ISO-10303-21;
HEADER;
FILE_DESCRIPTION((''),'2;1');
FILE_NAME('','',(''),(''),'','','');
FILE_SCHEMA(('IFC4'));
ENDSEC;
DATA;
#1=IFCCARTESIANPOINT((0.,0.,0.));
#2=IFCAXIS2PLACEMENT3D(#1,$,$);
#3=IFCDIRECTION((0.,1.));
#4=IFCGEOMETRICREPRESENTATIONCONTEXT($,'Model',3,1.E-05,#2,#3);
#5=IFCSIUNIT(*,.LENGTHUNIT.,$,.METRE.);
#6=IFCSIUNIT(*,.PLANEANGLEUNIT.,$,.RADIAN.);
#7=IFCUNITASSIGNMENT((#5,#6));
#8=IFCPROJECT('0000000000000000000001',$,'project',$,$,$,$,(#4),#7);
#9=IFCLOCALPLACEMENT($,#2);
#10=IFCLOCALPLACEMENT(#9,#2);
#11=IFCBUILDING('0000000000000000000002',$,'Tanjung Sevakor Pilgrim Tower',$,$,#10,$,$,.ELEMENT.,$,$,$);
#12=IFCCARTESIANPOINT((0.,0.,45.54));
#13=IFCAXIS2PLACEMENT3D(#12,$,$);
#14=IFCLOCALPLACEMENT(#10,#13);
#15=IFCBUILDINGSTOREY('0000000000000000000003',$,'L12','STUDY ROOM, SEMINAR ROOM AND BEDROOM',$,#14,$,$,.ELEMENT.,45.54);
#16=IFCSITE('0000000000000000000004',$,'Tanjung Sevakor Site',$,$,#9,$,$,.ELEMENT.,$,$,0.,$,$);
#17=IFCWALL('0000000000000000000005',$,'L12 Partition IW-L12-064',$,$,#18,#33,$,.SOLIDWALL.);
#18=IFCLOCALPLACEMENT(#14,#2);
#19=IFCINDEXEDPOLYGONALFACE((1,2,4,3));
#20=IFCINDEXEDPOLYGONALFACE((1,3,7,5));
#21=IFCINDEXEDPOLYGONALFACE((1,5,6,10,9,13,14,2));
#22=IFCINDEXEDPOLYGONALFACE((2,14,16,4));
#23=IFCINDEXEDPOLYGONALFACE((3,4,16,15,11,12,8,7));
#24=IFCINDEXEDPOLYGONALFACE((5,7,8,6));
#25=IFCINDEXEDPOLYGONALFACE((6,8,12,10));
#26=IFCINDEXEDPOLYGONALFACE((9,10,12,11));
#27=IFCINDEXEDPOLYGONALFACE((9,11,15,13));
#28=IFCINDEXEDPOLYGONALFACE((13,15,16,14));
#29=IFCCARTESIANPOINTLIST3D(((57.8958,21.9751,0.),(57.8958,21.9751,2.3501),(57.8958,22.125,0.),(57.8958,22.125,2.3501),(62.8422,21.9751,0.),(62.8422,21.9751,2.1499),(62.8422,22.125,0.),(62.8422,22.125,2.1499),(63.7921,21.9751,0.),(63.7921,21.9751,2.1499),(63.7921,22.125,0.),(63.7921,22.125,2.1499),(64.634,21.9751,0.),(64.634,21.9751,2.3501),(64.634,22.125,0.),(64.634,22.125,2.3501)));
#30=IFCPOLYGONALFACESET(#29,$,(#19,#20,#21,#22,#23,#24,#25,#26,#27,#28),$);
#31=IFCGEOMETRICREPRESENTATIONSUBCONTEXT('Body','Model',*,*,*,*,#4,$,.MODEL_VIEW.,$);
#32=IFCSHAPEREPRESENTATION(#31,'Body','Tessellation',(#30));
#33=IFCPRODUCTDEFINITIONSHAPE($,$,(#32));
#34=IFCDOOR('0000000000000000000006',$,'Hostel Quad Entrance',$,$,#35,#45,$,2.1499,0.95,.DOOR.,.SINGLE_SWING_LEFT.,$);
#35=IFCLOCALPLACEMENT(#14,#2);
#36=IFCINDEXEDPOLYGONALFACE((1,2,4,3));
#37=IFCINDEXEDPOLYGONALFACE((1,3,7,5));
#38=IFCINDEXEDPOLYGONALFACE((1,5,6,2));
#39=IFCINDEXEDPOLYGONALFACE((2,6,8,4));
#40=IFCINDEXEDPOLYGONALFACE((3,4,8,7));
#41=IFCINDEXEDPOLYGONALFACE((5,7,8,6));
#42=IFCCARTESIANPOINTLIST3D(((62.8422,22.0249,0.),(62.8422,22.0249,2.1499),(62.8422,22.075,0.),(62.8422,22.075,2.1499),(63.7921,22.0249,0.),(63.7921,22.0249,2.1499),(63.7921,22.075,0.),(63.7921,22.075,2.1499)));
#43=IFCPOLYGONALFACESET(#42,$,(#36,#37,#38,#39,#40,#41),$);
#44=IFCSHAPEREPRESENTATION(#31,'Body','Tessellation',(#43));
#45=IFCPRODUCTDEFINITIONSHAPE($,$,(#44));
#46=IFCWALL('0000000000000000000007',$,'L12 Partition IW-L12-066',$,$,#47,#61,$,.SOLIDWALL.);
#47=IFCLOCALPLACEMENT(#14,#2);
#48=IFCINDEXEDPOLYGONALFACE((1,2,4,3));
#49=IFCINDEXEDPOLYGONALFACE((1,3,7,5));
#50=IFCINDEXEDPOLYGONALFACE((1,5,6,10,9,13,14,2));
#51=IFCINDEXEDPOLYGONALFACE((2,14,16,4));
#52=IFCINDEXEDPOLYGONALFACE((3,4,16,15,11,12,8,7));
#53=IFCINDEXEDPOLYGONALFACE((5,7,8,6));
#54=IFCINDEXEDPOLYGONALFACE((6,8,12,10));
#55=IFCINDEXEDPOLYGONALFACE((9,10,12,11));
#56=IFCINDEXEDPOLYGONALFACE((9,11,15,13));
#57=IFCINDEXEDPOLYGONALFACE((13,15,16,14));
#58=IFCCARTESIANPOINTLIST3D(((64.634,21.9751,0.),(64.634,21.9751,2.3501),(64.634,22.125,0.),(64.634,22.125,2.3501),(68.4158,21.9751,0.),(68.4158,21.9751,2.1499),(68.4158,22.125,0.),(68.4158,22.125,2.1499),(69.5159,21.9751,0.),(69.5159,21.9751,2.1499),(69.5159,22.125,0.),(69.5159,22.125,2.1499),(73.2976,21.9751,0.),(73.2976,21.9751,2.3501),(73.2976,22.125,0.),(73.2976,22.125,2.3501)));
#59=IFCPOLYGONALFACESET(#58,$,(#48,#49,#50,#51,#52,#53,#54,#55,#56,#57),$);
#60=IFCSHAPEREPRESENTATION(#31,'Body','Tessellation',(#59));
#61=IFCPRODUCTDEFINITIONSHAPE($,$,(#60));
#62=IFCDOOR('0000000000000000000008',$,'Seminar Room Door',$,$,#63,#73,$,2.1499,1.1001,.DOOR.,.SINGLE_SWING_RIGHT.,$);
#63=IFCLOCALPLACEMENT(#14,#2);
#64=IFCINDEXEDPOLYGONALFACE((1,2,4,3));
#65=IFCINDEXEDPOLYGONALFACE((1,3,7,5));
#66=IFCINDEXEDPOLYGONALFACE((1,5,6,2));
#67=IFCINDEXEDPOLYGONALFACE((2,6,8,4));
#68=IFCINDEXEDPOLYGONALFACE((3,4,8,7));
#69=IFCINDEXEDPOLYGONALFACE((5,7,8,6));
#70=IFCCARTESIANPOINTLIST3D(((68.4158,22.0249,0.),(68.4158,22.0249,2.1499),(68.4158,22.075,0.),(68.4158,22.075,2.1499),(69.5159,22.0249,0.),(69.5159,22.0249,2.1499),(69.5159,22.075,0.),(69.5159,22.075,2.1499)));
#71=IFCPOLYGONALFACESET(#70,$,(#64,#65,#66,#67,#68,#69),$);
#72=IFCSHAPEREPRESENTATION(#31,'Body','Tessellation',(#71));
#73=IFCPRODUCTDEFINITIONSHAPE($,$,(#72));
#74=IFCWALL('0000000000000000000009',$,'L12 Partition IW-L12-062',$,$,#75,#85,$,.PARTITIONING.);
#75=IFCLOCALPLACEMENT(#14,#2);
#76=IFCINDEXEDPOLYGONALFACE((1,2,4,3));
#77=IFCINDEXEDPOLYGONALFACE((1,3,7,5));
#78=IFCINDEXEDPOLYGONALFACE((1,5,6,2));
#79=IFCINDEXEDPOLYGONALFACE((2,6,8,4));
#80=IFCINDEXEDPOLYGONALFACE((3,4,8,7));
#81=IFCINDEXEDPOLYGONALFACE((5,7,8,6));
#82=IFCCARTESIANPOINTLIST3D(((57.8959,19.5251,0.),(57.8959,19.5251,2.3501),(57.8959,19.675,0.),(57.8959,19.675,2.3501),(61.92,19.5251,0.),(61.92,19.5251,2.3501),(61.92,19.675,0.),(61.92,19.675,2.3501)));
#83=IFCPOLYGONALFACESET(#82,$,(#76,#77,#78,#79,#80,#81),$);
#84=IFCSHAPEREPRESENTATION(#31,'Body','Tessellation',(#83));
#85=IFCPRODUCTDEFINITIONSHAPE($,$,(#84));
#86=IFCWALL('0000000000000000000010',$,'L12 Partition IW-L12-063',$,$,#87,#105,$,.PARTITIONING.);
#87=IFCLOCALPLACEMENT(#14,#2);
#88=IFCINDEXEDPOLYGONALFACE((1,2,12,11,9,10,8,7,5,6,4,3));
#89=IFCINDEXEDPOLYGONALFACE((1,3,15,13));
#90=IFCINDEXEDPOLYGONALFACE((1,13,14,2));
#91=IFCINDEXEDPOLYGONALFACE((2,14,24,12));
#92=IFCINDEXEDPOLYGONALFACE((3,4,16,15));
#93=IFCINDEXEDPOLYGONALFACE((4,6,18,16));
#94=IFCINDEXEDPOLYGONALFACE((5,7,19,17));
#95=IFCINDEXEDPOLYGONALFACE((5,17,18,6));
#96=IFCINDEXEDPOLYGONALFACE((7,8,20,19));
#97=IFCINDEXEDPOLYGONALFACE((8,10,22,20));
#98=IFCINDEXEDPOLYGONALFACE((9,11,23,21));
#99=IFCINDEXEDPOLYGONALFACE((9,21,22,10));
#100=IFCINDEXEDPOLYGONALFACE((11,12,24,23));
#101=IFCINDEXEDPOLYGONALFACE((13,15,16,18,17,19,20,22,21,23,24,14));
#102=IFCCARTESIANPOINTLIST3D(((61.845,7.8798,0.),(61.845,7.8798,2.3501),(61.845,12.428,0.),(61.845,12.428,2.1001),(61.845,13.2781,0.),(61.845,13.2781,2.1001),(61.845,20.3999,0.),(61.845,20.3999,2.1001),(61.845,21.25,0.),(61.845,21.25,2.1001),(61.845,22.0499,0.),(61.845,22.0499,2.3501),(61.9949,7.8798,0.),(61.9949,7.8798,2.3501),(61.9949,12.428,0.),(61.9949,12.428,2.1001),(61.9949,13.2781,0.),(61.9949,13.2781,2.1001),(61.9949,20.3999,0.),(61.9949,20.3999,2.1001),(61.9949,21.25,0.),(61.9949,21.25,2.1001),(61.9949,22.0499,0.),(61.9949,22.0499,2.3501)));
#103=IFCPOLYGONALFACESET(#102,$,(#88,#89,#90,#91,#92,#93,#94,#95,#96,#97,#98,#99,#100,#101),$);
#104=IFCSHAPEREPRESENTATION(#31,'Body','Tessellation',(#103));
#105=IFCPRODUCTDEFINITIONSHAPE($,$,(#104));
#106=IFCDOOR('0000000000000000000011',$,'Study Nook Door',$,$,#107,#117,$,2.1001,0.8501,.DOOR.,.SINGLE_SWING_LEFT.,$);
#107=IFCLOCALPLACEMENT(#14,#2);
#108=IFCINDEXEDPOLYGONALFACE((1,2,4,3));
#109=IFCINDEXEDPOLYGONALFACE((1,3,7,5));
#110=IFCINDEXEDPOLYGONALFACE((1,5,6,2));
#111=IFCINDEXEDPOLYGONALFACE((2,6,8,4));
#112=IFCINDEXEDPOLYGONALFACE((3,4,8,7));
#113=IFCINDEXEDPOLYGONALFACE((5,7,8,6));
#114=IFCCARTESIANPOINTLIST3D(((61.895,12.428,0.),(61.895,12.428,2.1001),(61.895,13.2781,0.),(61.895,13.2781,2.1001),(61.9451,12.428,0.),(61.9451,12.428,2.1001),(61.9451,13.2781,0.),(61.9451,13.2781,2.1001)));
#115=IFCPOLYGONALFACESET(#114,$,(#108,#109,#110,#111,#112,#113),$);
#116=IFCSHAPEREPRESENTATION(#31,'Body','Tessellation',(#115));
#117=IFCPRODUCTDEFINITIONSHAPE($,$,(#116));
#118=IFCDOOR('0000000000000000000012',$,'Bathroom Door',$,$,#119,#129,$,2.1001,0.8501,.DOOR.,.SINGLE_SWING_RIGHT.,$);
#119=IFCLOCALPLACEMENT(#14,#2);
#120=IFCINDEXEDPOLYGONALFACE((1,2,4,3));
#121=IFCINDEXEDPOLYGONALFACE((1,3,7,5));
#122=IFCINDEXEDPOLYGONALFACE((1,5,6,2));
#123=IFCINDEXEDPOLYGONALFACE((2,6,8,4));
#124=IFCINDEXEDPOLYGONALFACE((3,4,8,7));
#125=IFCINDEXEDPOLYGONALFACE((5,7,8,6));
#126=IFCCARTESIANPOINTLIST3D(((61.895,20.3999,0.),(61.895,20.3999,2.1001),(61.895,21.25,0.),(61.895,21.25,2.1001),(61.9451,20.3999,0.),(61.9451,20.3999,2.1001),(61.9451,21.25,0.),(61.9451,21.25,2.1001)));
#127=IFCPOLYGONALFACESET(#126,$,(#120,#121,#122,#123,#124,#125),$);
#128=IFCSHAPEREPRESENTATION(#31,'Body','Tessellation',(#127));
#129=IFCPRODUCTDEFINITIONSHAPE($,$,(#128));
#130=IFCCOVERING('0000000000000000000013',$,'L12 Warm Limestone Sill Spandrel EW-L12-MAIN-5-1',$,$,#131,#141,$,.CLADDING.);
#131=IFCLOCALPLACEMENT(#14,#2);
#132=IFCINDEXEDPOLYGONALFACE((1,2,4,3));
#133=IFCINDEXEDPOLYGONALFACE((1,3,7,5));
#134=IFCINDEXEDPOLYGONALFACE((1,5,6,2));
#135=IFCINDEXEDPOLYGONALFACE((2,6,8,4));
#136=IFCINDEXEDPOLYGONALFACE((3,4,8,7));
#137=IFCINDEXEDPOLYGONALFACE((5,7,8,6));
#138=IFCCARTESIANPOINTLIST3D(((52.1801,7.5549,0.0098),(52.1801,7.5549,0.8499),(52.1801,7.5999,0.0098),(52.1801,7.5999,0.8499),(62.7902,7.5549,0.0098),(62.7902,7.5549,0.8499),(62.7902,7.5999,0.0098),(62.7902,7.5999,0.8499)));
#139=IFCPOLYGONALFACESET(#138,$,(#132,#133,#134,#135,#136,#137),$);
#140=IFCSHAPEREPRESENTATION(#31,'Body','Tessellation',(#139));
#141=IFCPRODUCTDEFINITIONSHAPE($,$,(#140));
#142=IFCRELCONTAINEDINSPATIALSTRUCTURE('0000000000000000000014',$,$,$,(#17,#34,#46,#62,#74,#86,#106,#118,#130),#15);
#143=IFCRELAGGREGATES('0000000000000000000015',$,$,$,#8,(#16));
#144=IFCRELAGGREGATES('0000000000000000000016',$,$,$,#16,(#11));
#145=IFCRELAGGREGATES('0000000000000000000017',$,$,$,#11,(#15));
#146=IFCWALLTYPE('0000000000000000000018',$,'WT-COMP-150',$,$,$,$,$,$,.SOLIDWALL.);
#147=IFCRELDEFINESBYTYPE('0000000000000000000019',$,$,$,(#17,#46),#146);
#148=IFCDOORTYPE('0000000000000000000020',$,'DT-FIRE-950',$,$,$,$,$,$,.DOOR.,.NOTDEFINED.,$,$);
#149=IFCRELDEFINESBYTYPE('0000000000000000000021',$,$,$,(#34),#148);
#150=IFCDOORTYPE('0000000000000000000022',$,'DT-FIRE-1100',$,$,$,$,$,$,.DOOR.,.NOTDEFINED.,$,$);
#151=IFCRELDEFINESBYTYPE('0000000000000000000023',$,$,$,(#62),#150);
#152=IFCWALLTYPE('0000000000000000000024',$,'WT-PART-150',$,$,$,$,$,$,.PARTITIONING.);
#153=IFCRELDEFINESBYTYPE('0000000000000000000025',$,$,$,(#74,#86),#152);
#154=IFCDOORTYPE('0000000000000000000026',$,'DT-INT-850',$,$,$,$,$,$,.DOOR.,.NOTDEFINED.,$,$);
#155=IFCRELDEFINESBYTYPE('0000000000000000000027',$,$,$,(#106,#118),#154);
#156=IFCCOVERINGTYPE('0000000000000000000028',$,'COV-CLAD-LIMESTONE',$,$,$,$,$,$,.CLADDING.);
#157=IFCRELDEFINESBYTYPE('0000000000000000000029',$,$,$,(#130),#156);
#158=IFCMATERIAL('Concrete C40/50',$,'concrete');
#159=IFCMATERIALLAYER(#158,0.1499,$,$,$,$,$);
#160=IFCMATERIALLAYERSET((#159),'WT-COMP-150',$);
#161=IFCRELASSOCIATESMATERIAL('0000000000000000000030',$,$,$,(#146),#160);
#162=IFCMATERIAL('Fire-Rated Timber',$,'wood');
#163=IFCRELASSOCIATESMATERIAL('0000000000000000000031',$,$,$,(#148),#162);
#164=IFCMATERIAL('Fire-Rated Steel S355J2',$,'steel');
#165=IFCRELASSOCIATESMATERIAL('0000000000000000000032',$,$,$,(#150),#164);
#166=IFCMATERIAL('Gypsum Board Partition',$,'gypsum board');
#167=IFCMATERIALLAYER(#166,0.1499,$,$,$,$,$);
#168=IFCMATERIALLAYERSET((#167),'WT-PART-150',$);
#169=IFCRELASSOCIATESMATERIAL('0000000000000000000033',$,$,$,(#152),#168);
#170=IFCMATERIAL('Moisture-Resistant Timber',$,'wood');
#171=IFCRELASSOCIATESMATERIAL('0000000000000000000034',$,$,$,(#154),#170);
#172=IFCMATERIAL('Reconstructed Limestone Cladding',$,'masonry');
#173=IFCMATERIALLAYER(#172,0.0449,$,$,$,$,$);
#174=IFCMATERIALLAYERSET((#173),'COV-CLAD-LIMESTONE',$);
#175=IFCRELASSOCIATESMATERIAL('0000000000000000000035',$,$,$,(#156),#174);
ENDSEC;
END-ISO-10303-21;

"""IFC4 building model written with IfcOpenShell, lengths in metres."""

from ifc_helpers import new_model, si_unit, direction, frame, frame_2d, origin, origin_2d, place, context, subcontext, project, spatial, rectangle, extrude, material, layer, layer_set, type_object, element, fill, save


model = new_model("IFC4")

# Units and contexts
model_context = context("Model", 3, precision=1e-05, world=origin(), true_north=direction((0.0, 1.0)))
body_context = subcontext(model_context, "Body", "Model", "MODEL_VIEW")
ifc_project = project(units=[si_unit("LENGTHUNIT", "METRE"), si_unit("PLANEANGLEUNIT", "RADIAN")], contexts=[model_context])

# Site, building, storey
site_placement = place(None, origin())
site = spatial("IfcSite", under=ifc_project, at=site_placement, Name="Tanjung Sevakor Site", CompositionType="ELEMENT", RefElevation=0.0)
building_placement = place(site_placement, origin())
building = spatial("IfcBuilding", under=site, at=building_placement, Name="Tanjung Sevakor Pilgrim Tower", CompositionType="ELEMENT")
storey_placement = place(building_placement, frame((0.0, 0.0, 45.54)))
storey = spatial("IfcBuildingStorey", under=building, at=storey_placement, Name="L12", Description="STUDY ROOM, SEMINAR ROOM AND BEDROOM", CompositionType="ELEMENT", Elevation=45.54)

# Shared definitions
ifc_material_1 = material(Name="Concrete C40/50", Category="concrete")
ifc_layer_1 = layer(ifc_material_1, 0.1499)
ifc_layer_set_1 = layer_set([ifc_layer_1], Name="WT-COMP-150")
wall_type_1 = type_object("IfcWallType", Name="WT-COMP-150", PredefinedType="SOLIDWALL", material=ifc_layer_set_1)

# Walls, openings, doors
wall_1_placement = place(storey_placement, frame((57.8958, 22.05, 0.0), z_axis=(0.0, 0.0, 1.0), x_axis=(1.0, 0.0, 0.0)))
wall_1 = element("IfcWall", 1, at=wall_1_placement, inside=storey, type_object=wall_type_1, Name="L12 Partition IW-L12-064", PredefinedType="SOLIDWALL", context=body_context, shape_type="SweptSolid", body=[
    extrude(rectangle(XDim=6.7383, YDim=0.1499, at=frame_2d((3.3691, 0.0))), origin(), (0.0, 0.0, 1.0), 2.3501),
])
opening_1_placement = place(wall_1_placement, frame((4.9463, 0.0, 0.0)))
opening_1 = element("IfcOpeningElement", 2, at=opening_1_placement, cuts=wall_1, PredefinedType="OPENING", context=body_context, shape_type="SweptSolid", body=[
    extrude(rectangle(XDim=0.95, YDim=2.1499, at=frame_2d((0.4751, 1.075))), frame((0.0, 0.085, 0.0), z_axis=(0.0, -1.0, 0.0), x_axis=(1.0, 0.0, 0.0)), (0.0, 0.0, 1.0), 0.1699),
])
ifc_material_2 = material(Name="Fire-Rated Timber", Category="wood")
door_type_1 = type_object("IfcDoorType", Name="DT-FIRE-950", OperationType="NOTDEFINED", PredefinedType="DOOR", material=ifc_material_2)
door_1_placement = place(opening_1_placement, origin())
door_1 = element("IfcDoor", 3, at=door_1_placement, inside=storey, type_object=door_type_1, Name="Hostel Quad Entrance", OperationType="SINGLE_SWING_LEFT", OverallHeight=2.1499, OverallWidth=0.95, PredefinedType="DOOR", context=body_context, shape_type="SweptSolid", body=[
    extrude(rectangle(XDim=0.95, YDim=2.1499, at=frame_2d((0.4751, 1.075))), frame((0.0, 0.0249, 0.0), z_axis=(0.0, -1.0, 0.0), x_axis=(1.0, 0.0, 0.0)), (0.0, 0.0, 1.0), 0.05),
])
fill(opening_1, door_1)
wall_2_placement = place(storey_placement, frame((64.634, 22.05, 0.0), z_axis=(0.0, 0.0, 1.0), x_axis=(1.0, 0.0, 0.0)))
wall_2 = element("IfcWall", 4, at=wall_2_placement, inside=storey, type_object=wall_type_1, Name="L12 Partition IW-L12-066", PredefinedType="SOLIDWALL", context=body_context, shape_type="SweptSolid", body=[
    extrude(rectangle(XDim=8.6636, YDim=0.1499, at=frame_2d((4.3318, 0.0))), origin(), (0.0, 0.0, 1.0), 2.3501),
])
opening_2_placement = place(wall_2_placement, frame((3.7817, 0.0, 0.0)))
opening_2 = element("IfcOpeningElement", 5, at=opening_2_placement, cuts=wall_2, PredefinedType="OPENING", context=body_context, shape_type="SweptSolid", body=[
    extrude(rectangle(XDim=1.1001, YDim=2.1499, at=frame_2d((0.55, 1.075))), frame((0.0, 0.085, 0.0), z_axis=(0.0, -1.0, 0.0), x_axis=(1.0, 0.0, 0.0)), (0.0, 0.0, 1.0), 0.1699),
])
ifc_material_3 = material(Name="Fire-Rated Steel S355J2", Category="steel")
door_type_2 = type_object("IfcDoorType", Name="DT-FIRE-1100", OperationType="NOTDEFINED", PredefinedType="DOOR", material=ifc_material_3)
door_2_placement = place(opening_2_placement, origin())
door_2 = element("IfcDoor", 6, at=door_2_placement, inside=storey, type_object=door_type_2, Name="Seminar Room Door", OperationType="SINGLE_SWING_RIGHT", OverallHeight=2.1499, OverallWidth=1.1001, PredefinedType="DOOR", context=body_context, shape_type="SweptSolid", body=[
    extrude(rectangle(XDim=1.1001, YDim=2.1499, at=frame_2d((0.55, 1.075))), frame((0.0, 0.0249, 0.0), z_axis=(0.0, -1.0, 0.0), x_axis=(1.0, 0.0, 0.0)), (0.0, 0.0, 1.0), 0.05),
])
fill(opening_2, door_2)

# Wall
ifc_material_4 = material(Name="Gypsum Board Partition", Category="gypsum board")
ifc_layer_2 = layer(ifc_material_4, 0.1499)
ifc_layer_set_2 = layer_set([ifc_layer_2], Name="WT-PART-150")
wall_type_2 = type_object("IfcWallType", Name="WT-PART-150", PredefinedType="PARTITIONING", material=ifc_layer_set_2)
wall_3_placement = place(storey_placement, frame((57.8958, 19.6001, 0.0), z_axis=(0.0, 0.0, 1.0), x_axis=(1.0, 0.0, 0.0)))
element("IfcWall", 7, at=wall_3_placement, inside=storey, type_object=wall_type_2, Name="L12 Partition IW-L12-062", PredefinedType="PARTITIONING", context=body_context, shape_type="SweptSolid", body=[
    extrude(rectangle(XDim=4.0242, YDim=0.1499, at=frame_2d((2.0122, 0.0))), origin(), (0.0, 0.0, 1.0), 2.3501),
])

# Wall, openings, doors
wall_4_placement = place(storey_placement, frame((61.9199, 7.8799, 0.0), z_axis=(0.0, 0.0, 1.0), x_axis=(0.0, 1.0, 0.0)))
wall_4 = element("IfcWall", 8, at=wall_4_placement, inside=storey, type_object=wall_type_2, Name="L12 Partition IW-L12-063", PredefinedType="PARTITIONING", context=body_context, shape_type="SweptSolid", body=[
    extrude(rectangle(XDim=14.1702, YDim=0.1499, at=frame_2d((7.085, 0.0))), origin(), (0.0, 0.0, 1.0), 2.3501),
])
opening_3_placement = place(wall_4_placement, frame((4.5481, 0.0, 0.0)))
opening_3 = element("IfcOpeningElement", 9, at=opening_3_placement, cuts=wall_4, PredefinedType="OPENING", context=body_context, shape_type="SweptSolid", body=[
    extrude(rectangle(XDim=0.8501, YDim=2.1001, at=frame_2d((0.425, 1.05))), frame((0.0, 0.085, 0.0), z_axis=(0.0, -1.0, 0.0), x_axis=(1.0, 0.0, 0.0)), (0.0, 0.0, 1.0), 0.1699),
])
opening_4_placement = place(wall_4_placement, frame((12.52, 0.0, 0.0)))
opening_4 = element("IfcOpeningElement", 10, at=opening_4_placement, cuts=wall_4, PredefinedType="OPENING", context=body_context, shape_type="SweptSolid", body=[
    extrude(rectangle(XDim=0.8501, YDim=2.1001, at=frame_2d((0.425, 1.05))), frame((0.0, 0.085, 0.0), z_axis=(0.0, -1.0, 0.0), x_axis=(1.0, 0.0, 0.0)), (0.0, 0.0, 1.0), 0.1699),
])
ifc_material_5 = material(Name="Moisture-Resistant Timber", Category="wood")
door_type_3 = type_object("IfcDoorType", Name="DT-INT-850", OperationType="NOTDEFINED", PredefinedType="DOOR", material=ifc_material_5)
door_3_placement = place(opening_3_placement, origin())
door_3 = element("IfcDoor", 11, at=door_3_placement, inside=storey, type_object=door_type_3, Name="Study Nook Door", OperationType="SINGLE_SWING_LEFT", OverallHeight=2.1001, OverallWidth=0.8501, PredefinedType="DOOR", context=body_context, shape_type="SweptSolid", body=[
    extrude(rectangle(XDim=0.8501, YDim=2.1001, at=frame_2d((0.425, 1.05))), frame((0.0, 0.0249, 0.0), z_axis=(0.0, -1.0, 0.0), x_axis=(1.0, 0.0, 0.0)), (0.0, 0.0, 1.0), 0.05),
])
fill(opening_3, door_3)
door_4_placement = place(opening_4_placement, origin())
door_4 = element("IfcDoor", 12, at=door_4_placement, inside=storey, type_object=door_type_3, Name="Bathroom Door", OperationType="SINGLE_SWING_RIGHT", OverallHeight=2.1001, OverallWidth=0.8501, PredefinedType="DOOR", context=body_context, shape_type="SweptSolid", body=[
    extrude(rectangle(XDim=0.8501, YDim=2.1001, at=frame_2d((0.425, 1.05))), frame((0.0, 0.0249, 0.0), z_axis=(0.0, -1.0, 0.0), x_axis=(1.0, 0.0, 0.0)), (0.0, 0.0, 1.0), 0.05),
])
fill(opening_4, door_4)

# Covering
ifc_material_6 = material(Name="Reconstructed Limestone Cladding", Category="masonry")
ifc_layer_3 = layer(ifc_material_6, 0.0449)
ifc_layer_set_3 = layer_set([ifc_layer_3], Name="COV-CLAD-LIMESTONE")
covering_type = type_object("IfcCoveringType", Name="COV-CLAD-LIMESTONE", PredefinedType="CLADDING", material=ifc_layer_set_3)
covering_placement = place(storey_placement, frame((57.4851, 7.5774, 0.0098), z_axis=(0.0, 0.0, 1.0), x_axis=(1.0, 0.0, 0.0)))
element("IfcCovering", 13, at=covering_placement, inside=storey, type_object=covering_type, Name="L12 Warm Limestone Sill Spandrel EW-L12-MAIN-5-1", PredefinedType="CLADDING", context=body_context, shape_type="SweptSolid", body=[
    extrude(rectangle(XDim=10.6101, YDim=0.0449, at=origin_2d()), origin(), (0.0, 0.0, 1.0), 0.8401),
])

save(model, "model.ifc")
